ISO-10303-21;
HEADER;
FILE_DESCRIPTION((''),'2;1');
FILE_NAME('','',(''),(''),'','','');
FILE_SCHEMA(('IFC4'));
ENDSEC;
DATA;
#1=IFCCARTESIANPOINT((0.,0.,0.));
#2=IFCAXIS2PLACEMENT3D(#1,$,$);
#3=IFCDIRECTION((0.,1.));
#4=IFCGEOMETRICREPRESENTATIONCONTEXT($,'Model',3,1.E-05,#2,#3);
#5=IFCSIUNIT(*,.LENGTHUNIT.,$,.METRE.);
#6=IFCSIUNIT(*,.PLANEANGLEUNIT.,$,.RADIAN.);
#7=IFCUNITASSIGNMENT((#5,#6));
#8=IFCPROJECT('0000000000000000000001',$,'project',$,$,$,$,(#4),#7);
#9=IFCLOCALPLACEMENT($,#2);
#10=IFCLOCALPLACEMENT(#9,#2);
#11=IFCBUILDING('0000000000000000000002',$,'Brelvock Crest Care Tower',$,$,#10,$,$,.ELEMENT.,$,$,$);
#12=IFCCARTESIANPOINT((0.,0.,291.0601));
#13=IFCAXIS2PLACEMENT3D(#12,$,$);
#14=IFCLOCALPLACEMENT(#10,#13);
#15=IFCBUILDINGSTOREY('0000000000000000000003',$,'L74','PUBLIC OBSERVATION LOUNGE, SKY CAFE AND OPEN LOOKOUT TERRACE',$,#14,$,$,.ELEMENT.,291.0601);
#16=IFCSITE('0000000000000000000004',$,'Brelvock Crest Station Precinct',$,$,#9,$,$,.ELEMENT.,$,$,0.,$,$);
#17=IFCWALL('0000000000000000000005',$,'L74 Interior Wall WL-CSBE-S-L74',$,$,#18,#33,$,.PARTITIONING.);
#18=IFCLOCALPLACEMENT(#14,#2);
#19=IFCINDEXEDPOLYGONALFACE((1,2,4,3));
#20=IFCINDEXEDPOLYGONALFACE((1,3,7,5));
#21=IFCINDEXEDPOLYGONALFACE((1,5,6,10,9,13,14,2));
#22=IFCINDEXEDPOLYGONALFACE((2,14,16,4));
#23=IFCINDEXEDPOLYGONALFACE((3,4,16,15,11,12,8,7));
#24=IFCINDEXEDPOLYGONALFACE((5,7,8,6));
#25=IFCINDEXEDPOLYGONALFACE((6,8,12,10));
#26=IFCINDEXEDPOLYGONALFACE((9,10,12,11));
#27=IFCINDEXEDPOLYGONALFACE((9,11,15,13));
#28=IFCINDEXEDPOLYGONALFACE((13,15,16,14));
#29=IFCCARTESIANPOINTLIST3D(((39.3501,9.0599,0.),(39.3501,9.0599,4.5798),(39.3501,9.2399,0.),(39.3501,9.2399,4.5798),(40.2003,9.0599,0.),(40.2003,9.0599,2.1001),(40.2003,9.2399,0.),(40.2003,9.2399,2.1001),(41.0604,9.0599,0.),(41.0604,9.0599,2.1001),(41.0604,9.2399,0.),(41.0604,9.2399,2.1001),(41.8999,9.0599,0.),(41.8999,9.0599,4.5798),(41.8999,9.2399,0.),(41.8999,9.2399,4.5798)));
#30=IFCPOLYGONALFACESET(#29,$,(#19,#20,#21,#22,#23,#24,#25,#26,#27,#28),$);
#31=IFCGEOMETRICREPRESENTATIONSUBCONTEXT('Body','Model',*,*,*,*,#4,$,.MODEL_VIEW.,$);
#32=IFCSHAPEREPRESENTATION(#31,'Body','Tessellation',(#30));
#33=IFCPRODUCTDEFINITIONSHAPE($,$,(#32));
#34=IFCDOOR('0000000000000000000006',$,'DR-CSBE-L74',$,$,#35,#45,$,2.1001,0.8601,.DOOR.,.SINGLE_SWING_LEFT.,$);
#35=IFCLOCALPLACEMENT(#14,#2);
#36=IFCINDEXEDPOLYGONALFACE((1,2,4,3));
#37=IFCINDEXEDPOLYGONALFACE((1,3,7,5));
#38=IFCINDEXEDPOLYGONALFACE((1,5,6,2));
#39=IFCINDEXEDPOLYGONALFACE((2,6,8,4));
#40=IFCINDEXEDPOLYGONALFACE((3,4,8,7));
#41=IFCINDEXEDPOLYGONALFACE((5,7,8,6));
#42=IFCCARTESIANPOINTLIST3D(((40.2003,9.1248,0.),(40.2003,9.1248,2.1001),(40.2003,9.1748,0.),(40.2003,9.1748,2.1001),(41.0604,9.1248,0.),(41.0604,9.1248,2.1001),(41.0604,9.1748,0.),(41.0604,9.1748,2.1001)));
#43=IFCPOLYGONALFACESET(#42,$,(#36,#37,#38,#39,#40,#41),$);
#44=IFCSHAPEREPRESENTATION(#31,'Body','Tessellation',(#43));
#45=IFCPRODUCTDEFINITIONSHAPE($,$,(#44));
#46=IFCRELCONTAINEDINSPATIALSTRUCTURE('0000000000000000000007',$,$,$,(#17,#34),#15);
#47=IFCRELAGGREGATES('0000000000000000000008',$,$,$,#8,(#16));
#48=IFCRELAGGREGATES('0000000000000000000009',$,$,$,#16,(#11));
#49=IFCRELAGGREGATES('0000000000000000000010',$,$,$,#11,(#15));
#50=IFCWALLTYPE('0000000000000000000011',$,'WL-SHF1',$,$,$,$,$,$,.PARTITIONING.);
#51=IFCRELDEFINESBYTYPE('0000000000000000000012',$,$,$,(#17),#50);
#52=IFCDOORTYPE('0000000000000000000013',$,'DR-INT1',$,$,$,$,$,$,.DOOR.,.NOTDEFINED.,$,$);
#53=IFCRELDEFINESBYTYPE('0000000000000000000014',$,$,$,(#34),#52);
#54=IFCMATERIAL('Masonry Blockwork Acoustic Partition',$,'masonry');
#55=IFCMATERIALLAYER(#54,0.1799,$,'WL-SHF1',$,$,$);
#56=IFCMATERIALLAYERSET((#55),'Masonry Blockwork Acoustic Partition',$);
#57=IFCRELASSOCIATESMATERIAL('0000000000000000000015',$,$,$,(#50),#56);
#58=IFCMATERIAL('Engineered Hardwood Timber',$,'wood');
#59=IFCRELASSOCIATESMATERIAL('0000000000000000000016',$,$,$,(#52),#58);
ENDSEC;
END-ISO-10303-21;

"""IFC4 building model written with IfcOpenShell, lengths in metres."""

from ifc_helpers import new_model, si_unit, direction, frame, frame_2d, origin, origin_2d, place, context, subcontext, project, spatial, rectangle, extrude, source, transform, mapped, material, layer, layer_set, type_object, element, fill, save


model = new_model("IFC4")

# Units and contexts
model_context = context("Model", 3, precision=1e-05, world=origin(), true_north=direction((0.0, 1.0)))
body_context = subcontext(model_context, "Body", "Model", "MODEL_VIEW")
ifc_project = project(units=[si_unit("LENGTHUNIT", "METRE"), si_unit("PLANEANGLEUNIT", "RADIAN")], contexts=[model_context])

# Site, building, storey
site_placement = place(None, origin())
site = spatial("IfcSite", under=ifc_project, at=site_placement, Name="Brelvock Crest Station Precinct", CompositionType="ELEMENT", RefElevation=0.0)
building_placement = place(site_placement, origin())
building = spatial("IfcBuilding", under=site, at=building_placement, Name="Brelvock Crest Care Tower", CompositionType="ELEMENT")
storey_placement = place(building_placement, frame((0.0, 0.0, 291.0601)))
storey = spatial("IfcBuildingStorey", under=building, at=storey_placement, Name="L74", Description="PUBLIC OBSERVATION LOUNGE, SKY CAFE AND OPEN LOOKOUT TERRACE", CompositionType="ELEMENT", Elevation=291.0601)

# Shared definitions
ifc_material_1 = material(Name="Masonry Blockwork Acoustic Partition", Category="masonry")
ifc_layer_1 = layer(ifc_material_1, 0.1799, Name="WL-SHF1")
ifc_layer_set_1 = layer_set([ifc_layer_1], Name="Masonry Blockwork Acoustic Partition")
wall_type_1 = type_object("IfcWallType", Name="WL-SHF1", PredefinedType="PARTITIONING", material=ifc_layer_set_1)

# Wall, opening, door
wall_1_placement = place(storey_placement, frame((39.3501, 9.1499, 0.0), z_axis=(0.0, 0.0, 1.0), x_axis=(1.0, 0.0, 0.0)))
wall_1 = element("IfcWall", 1, at=wall_1_placement, inside=storey, type_object=wall_type_1, Name="L74 Interior Wall WL-CSBE-S-L74", PredefinedType="PARTITIONING", context=body_context, shape_type="SweptSolid", body=[
    extrude(rectangle(XDim=2.5498, YDim=0.1799, at=frame_2d((1.2749, 0.0))), origin(), (0.0, 0.0, 1.0), 4.5798),
])
opening_placement = place(wall_1_placement, frame((0.8501, 0.0, 0.0)))
opening = element("IfcOpeningElement", 2, at=opening_placement, cuts=wall_1, PredefinedType="OPENING", context=body_context, shape_type="SweptSolid", body=[
    extrude(rectangle(XDim=0.8601, YDim=2.1001, at=origin_2d()), frame((0.4302, 0.1001, 1.05), z_axis=(0.0, -1.0, 0.0), x_axis=(1.0, 0.0, 0.0)), (0.0, 0.0, 1.0), 0.2),
])
ifc_material_2 = material(Name="Engineered Hardwood Timber", Category="wood")
door_type = type_object("IfcDoorType", Name="DR-INT1", OperationType="NOTDEFINED", PredefinedType="DOOR", material=ifc_material_2)
shared_shape_1 = source(origin(), body_context, "Body", "SweptSolid", [
    extrude(rectangle(XDim=0.8601, YDim=2.1001, at=origin_2d()), frame((0.4302, 0.0249, 1.05), z_axis=(0.0, -1.0, 0.0), x_axis=(1.0, 0.0, 0.0)), (0.0, 0.0, 1.0), 0.05),
])
door_placement = place(opening_placement, origin())
door = element("IfcDoor", 3, at=door_placement, inside=storey, type_object=door_type, Name="DR-CSBE-L74", OperationType="SINGLE_SWING_LEFT", OverallHeight=2.1001, OverallWidth=0.8601, PredefinedType="DOOR", context=body_context, shape_type="MappedRepresentation", body=[
    mapped(shared_shape_1, transform((0.0, 0.0, 0.0), x_axis=(1.0, 0.0, 0.0), y_axis=(0.0, 1.0, 0.0), z_axis=(0.0, 0.0, 1.0), scale=1.0)),
])
fill(opening, door)

save(model, "model.ifc")
